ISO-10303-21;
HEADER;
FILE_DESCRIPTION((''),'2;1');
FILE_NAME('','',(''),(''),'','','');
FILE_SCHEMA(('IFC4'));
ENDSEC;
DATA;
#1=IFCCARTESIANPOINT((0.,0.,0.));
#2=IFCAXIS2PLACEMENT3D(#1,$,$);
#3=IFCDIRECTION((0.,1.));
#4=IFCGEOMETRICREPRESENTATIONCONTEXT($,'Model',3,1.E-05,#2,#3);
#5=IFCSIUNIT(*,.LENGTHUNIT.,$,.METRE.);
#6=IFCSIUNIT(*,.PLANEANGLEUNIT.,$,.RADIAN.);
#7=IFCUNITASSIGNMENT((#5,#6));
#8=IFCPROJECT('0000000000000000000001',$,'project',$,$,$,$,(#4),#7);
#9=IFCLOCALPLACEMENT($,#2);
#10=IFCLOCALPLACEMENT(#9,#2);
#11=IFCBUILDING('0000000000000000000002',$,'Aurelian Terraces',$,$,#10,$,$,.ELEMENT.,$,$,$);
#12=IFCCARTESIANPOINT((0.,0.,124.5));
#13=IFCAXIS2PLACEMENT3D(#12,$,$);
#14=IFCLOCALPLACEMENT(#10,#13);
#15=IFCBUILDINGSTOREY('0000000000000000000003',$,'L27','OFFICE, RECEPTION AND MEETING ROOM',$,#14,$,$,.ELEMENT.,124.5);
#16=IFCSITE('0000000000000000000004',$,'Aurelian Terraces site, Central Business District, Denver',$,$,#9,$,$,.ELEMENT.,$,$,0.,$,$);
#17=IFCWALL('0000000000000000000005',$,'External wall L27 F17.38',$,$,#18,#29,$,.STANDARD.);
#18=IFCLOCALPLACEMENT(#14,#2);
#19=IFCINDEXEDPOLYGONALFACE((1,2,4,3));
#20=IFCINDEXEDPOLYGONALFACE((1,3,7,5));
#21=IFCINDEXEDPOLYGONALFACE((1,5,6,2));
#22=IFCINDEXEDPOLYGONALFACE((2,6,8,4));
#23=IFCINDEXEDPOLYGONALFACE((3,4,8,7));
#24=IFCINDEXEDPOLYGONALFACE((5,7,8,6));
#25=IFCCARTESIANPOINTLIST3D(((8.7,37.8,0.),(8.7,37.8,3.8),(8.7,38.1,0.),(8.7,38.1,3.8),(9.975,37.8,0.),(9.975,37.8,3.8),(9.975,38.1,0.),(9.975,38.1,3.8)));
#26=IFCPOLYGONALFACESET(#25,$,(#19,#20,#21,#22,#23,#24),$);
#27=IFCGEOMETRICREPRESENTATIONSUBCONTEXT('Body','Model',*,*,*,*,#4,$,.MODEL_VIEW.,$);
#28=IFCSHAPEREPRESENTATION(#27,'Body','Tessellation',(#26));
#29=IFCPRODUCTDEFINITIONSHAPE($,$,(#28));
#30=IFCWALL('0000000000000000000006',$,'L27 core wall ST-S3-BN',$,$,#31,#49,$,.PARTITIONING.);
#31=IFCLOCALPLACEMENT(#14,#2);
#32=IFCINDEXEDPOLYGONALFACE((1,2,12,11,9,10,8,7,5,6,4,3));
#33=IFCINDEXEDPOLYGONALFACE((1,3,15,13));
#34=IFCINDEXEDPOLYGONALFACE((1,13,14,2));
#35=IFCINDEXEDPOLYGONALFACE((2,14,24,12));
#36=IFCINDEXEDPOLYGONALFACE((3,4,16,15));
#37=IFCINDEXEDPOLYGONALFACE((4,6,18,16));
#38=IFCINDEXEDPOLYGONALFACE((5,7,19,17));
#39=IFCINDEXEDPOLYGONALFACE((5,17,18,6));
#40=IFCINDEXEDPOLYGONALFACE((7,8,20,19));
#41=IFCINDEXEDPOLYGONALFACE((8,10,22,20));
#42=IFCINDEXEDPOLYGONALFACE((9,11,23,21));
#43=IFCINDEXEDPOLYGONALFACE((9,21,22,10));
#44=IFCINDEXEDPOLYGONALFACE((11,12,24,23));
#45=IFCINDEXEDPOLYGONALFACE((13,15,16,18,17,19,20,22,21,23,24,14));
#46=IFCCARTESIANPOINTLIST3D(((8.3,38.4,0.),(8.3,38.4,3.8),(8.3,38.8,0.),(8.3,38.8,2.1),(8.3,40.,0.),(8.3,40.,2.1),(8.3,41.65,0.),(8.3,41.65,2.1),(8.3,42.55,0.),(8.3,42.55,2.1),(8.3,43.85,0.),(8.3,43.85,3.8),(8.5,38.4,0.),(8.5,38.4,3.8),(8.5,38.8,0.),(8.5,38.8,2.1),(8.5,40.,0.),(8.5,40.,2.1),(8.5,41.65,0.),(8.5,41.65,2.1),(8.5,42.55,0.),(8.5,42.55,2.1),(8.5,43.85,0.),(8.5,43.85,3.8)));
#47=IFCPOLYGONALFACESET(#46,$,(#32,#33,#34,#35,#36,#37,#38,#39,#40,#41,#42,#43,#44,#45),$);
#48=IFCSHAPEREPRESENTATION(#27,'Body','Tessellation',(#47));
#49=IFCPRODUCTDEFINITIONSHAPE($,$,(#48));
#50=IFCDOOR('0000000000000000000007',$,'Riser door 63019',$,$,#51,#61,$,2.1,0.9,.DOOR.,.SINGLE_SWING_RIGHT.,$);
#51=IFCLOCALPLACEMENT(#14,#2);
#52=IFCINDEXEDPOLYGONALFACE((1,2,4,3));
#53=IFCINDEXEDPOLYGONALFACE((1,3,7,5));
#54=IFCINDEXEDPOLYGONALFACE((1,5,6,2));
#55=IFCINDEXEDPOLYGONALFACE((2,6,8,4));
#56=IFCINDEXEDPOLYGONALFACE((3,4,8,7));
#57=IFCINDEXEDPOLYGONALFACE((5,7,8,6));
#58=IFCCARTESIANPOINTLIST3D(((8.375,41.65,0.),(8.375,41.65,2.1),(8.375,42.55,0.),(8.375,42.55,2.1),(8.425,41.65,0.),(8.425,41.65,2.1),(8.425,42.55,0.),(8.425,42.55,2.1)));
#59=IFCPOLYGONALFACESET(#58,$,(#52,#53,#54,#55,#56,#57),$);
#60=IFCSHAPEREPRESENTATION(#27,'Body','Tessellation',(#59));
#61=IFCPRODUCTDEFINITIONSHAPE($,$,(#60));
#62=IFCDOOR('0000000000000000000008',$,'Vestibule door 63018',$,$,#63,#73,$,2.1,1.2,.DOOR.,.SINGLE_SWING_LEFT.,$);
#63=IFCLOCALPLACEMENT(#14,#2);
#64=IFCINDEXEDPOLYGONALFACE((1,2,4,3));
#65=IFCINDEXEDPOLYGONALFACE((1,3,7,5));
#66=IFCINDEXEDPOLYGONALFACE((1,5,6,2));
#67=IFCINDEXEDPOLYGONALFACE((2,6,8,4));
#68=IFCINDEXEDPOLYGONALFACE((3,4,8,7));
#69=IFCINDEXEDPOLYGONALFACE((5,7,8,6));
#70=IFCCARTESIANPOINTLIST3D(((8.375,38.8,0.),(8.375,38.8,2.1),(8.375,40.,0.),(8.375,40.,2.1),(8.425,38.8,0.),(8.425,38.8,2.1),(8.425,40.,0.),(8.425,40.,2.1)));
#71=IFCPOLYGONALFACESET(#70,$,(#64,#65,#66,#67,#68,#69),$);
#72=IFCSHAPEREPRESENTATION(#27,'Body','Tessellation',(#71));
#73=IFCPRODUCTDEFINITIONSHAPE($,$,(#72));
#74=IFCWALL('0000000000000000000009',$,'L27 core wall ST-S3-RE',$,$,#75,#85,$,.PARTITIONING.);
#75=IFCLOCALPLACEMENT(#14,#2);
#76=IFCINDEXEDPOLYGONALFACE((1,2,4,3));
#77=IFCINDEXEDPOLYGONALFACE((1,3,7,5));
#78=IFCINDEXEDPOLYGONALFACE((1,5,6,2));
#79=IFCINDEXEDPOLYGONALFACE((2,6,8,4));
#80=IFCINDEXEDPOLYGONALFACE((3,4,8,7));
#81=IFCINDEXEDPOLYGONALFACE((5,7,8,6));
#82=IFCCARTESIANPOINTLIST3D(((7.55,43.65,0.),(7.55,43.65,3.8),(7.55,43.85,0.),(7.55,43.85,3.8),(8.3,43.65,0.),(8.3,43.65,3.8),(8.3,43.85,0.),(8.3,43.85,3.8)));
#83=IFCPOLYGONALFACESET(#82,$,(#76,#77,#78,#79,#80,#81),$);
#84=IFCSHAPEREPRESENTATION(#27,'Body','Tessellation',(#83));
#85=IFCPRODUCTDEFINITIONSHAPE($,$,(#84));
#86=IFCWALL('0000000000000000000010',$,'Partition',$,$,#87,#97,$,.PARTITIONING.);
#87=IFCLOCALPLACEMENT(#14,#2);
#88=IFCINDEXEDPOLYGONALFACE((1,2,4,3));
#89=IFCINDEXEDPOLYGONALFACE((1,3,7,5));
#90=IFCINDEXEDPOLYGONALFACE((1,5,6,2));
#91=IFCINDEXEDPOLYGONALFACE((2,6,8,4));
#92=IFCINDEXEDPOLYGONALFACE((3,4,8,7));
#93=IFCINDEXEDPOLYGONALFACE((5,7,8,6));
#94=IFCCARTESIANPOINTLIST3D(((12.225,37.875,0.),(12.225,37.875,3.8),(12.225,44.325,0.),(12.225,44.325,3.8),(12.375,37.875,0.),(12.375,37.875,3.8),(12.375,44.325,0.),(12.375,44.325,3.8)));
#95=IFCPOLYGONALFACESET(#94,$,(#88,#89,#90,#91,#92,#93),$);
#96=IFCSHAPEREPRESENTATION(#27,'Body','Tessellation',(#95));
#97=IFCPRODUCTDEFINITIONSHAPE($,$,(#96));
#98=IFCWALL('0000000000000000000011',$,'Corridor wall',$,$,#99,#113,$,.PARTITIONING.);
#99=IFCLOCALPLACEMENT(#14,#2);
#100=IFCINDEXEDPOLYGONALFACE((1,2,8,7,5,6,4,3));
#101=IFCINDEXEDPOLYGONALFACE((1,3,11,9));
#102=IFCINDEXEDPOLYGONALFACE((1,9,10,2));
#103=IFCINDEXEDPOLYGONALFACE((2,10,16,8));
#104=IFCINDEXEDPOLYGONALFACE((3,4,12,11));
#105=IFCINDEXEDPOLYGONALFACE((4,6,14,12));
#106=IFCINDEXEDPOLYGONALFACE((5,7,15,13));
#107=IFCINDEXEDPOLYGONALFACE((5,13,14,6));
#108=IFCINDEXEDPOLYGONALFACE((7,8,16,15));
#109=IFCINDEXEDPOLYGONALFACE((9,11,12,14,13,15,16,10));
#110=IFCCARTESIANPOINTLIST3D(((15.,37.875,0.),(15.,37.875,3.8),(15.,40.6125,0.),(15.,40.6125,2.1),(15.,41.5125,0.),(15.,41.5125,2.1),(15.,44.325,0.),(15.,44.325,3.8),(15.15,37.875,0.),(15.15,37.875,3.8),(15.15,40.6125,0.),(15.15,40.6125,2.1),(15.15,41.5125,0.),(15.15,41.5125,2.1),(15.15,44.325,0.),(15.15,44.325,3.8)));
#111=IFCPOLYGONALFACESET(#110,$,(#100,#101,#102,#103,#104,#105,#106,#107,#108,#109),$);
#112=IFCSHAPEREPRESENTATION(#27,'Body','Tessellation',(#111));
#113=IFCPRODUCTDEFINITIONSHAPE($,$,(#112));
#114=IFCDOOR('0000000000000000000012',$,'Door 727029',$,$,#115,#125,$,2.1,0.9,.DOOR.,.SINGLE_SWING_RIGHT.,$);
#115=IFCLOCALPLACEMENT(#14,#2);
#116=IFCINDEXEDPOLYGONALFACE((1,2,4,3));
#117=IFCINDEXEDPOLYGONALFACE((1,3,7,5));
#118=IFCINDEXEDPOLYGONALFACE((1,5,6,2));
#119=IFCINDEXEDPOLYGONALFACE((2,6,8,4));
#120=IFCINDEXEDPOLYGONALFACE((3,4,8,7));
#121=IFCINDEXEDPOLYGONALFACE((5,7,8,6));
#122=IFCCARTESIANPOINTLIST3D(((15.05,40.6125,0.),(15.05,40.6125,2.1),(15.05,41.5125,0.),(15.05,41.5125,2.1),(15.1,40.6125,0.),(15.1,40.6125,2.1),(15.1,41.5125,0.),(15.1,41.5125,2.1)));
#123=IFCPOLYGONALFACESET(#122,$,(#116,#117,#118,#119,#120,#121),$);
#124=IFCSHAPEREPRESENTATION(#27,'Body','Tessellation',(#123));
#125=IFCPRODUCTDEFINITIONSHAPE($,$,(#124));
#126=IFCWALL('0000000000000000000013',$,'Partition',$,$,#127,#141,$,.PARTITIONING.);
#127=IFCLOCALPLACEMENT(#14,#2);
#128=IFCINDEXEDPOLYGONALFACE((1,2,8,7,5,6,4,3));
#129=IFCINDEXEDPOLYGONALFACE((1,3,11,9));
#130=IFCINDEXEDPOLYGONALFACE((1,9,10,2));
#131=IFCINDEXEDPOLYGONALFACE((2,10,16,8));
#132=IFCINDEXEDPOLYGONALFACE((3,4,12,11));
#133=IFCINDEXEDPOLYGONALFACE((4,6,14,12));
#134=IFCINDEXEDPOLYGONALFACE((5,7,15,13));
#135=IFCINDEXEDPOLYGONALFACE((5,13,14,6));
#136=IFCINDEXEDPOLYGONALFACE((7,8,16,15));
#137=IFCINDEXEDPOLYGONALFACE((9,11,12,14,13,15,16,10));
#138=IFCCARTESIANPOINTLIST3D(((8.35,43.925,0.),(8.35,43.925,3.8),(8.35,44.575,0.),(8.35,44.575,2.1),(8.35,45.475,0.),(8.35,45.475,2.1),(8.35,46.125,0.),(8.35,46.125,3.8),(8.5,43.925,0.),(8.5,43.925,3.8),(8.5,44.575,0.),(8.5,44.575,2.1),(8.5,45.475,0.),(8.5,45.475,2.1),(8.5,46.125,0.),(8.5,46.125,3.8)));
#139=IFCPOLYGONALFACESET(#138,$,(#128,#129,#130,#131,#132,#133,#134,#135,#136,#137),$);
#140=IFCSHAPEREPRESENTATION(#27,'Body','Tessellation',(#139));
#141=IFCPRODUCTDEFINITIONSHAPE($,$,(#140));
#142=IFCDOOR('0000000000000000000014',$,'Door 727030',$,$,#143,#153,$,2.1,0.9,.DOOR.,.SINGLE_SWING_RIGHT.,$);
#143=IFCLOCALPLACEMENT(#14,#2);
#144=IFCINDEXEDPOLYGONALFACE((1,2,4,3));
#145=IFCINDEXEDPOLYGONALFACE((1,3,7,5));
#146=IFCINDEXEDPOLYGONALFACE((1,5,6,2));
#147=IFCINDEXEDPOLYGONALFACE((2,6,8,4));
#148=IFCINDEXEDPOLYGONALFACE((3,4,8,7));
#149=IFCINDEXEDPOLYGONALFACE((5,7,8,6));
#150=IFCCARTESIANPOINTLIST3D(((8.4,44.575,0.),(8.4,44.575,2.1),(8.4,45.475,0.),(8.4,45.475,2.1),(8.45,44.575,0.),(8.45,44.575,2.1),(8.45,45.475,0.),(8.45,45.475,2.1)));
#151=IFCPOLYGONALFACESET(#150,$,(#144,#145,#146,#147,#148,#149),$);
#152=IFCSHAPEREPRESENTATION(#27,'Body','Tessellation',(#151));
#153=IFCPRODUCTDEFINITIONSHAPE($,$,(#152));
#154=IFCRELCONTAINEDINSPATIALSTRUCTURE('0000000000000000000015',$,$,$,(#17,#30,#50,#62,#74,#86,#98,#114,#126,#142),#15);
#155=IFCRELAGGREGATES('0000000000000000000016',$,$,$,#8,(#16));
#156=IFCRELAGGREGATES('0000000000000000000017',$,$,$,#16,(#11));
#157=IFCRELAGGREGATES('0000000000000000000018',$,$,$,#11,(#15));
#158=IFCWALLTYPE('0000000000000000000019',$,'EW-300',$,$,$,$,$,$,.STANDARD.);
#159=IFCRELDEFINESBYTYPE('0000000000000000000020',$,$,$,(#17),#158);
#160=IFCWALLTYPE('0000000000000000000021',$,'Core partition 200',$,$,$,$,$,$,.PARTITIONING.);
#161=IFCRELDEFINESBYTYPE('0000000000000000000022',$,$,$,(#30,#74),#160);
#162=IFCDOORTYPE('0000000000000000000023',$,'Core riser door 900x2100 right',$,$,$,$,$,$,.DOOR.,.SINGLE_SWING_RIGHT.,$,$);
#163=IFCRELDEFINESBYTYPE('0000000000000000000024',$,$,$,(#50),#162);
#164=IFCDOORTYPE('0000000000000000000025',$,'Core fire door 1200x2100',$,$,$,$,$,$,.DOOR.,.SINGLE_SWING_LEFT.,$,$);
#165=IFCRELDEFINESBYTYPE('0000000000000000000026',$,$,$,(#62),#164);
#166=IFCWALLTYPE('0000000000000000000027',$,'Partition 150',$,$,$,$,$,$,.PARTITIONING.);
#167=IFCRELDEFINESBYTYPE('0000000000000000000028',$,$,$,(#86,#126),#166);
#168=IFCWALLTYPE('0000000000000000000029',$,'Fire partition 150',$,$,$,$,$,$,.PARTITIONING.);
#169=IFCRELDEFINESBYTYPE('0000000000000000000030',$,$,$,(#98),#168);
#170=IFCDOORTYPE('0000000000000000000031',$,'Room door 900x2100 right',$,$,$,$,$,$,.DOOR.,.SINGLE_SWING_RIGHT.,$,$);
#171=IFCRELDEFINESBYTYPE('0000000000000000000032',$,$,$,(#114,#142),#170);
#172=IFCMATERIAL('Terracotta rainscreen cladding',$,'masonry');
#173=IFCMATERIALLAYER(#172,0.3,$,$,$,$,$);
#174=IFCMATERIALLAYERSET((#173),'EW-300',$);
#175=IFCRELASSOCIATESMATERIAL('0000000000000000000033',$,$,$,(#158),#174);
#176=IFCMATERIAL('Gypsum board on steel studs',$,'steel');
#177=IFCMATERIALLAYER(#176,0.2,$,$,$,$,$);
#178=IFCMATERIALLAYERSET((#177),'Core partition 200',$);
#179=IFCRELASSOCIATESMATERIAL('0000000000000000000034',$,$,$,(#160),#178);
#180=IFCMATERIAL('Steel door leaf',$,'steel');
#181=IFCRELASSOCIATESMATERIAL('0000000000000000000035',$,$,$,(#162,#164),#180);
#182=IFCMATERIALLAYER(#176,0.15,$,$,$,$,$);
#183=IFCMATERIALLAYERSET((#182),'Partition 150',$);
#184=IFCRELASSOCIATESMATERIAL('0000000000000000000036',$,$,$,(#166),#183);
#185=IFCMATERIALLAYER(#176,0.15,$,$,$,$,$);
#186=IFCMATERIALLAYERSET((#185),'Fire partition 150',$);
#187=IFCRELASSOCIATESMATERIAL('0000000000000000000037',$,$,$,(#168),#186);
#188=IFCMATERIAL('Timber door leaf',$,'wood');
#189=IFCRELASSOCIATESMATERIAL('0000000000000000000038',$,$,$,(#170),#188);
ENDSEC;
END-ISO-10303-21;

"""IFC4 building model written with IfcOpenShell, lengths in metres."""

from ifc_helpers import new_model, si_unit, direction, frame, frame_2d, origin, place, context, subcontext, project, spatial, rectangle, extrude, source, transform, mapped, material, layer, layer_set, type_object, element, fill, save


model = new_model("IFC4")

# Units and contexts
model_context = context("Model", 3, precision=1e-05, world=origin(), true_north=direction((0.0, 1.0)))
body_context = subcontext(model_context, "Body", "Model", "MODEL_VIEW")
ifc_project = project(units=[si_unit("LENGTHUNIT", "METRE"), si_unit("PLANEANGLEUNIT", "RADIAN")], contexts=[model_context])

# Site, building, storey
site_placement = place(None, origin())
site = spatial("IfcSite", under=ifc_project, at=site_placement, Name="Aurelian Terraces site, Central Business District, Denver", CompositionType="ELEMENT", RefElevation=0.0)
building_placement = place(site_placement, origin())
building = spatial("IfcBuilding", under=site, at=building_placement, Name="Aurelian Terraces", CompositionType="ELEMENT")
storey_placement = place(building_placement, frame((0.0, 0.0, 124.5)))
storey = spatial("IfcBuildingStorey", under=building, at=storey_placement, Name="L27", Description="OFFICE, RECEPTION AND MEETING ROOM", CompositionType="ELEMENT", Elevation=124.5)

# Wall
ifc_material_1 = material(Name="Terracotta rainscreen cladding", Category="masonry")
ifc_layer_1 = layer(ifc_material_1, 0.3)
ifc_layer_set_1 = layer_set([ifc_layer_1], Name="EW-300")
wall_type_1 = type_object("IfcWallType", Name="EW-300", PredefinedType="STANDARD", material=ifc_layer_set_1)
wall_1_placement = place(storey_placement, frame((8.7, 37.95, 0.0), z_axis=(0.0, 0.0, 1.0), x_axis=(1.0, 0.0, 0.0)))
element("IfcWall", 1, at=wall_1_placement, inside=storey, type_object=wall_type_1, Name="External wall L27 F17.38", PredefinedType="STANDARD", context=body_context, shape_type="SweptSolid", body=[
    extrude(rectangle(XDim=1.275, YDim=0.3, at=frame_2d((0.6375, 0.0))), origin(), (0.0, 0.0, 1.0), 3.8),
])

# Wall, openings, doors
ifc_material_2 = material(Name="Gypsum board on steel studs", Category="steel")
ifc_layer_2 = layer(ifc_material_2, 0.2)
ifc_layer_set_2 = layer_set([ifc_layer_2], Name="Core partition 200")
wall_type_2 = type_object("IfcWallType", Name="Core partition 200", PredefinedType="PARTITIONING", material=ifc_layer_set_2)
shared_shape_1 = source(origin(), body_context, "Body", "SweptSolid", [
    extrude(rectangle(XDim=5.45, YDim=0.2, at=frame_2d((2.725, 0.0))), origin(), (0.0, 0.0, 1.0), 3.8),
])
wall_2_placement = place(storey_placement, frame((8.4, 38.4, 0.0), z_axis=(0.0, 0.0, 1.0), x_axis=(0.0, 1.0, 0.0)))
wall_2 = element("IfcWall", 2, at=wall_2_placement, inside=storey, type_object=wall_type_2, Name="L27 core wall ST-S3-BN", PredefinedType="PARTITIONING", context=body_context, shape_type="MappedRepresentation", body=[
    mapped(shared_shape_1, transform((0.0, 0.0, 0.0), scale=1.0)),
])
shared_shape_2 = source(origin(), body_context, "Body", "SweptSolid", [
    extrude(rectangle(XDim=1.2, YDim=2.1, at=frame_2d((0.6, 1.05))), frame((0.0, 0.11, 0.0), z_axis=(0.0, -1.0, 0.0), x_axis=(1.0, 0.0, 0.0)), (0.0, 0.0, 1.0), 0.22),
])
opening_1_placement = place(wall_2_placement, frame((0.4, 0.0, 0.0)))
opening_1 = element("IfcOpeningElement", 3, at=opening_1_placement, cuts=wall_2, PredefinedType="OPENING", context=body_context, shape_type="MappedRepresentation", body=[
    mapped(shared_shape_2, transform((0.0, 0.0, 0.0), scale=1.0)),
])
shared_shape_3 = source(origin(), body_context, "Body", "SweptSolid", [
    extrude(rectangle(XDim=0.9, YDim=2.1, at=frame_2d((0.45, 1.05))), frame((0.0, 0.11, 0.0), z_axis=(0.0, -1.0, 0.0), x_axis=(1.0, 0.0, 0.0)), (0.0, 0.0, 1.0), 0.22),
])
opening_2_placement = place(wall_2_placement, frame((3.25, 0.0, 0.0)))
opening_2 = element("IfcOpeningElement", 4, at=opening_2_placement, cuts=wall_2, PredefinedType="OPENING", context=body_context, shape_type="MappedRepresentation", body=[
    mapped(shared_shape_3, transform((0.0, 0.0, 0.0), scale=1.0)),
])
ifc_material_3 = material(Name="Steel door leaf", Category="steel")
door_type_1 = type_object("IfcDoorType", Name="Core riser door 900x2100 right", OperationType="SINGLE_SWING_RIGHT", PredefinedType="DOOR", material=ifc_material_3)
shared_shape_4 = source(origin(), body_context, "Body", "SweptSolid", [
    extrude(rectangle(XDim=0.9, YDim=2.1, at=frame_2d((0.45, 1.05))), frame((0.0, 0.025, 0.0), z_axis=(0.0, -1.0, 0.0), x_axis=(1.0, 0.0, 0.0)), (0.0, 0.0, 1.0), 0.05),
])
door_1_placement = place(opening_2_placement, origin())
door_1 = element("IfcDoor", 5, at=door_1_placement, inside=storey, type_object=door_type_1, Name="Riser door 63019", OperationType="SINGLE_SWING_RIGHT", OverallHeight=2.1, OverallWidth=0.9, PredefinedType="DOOR", context=body_context, shape_type="MappedRepresentation", body=[
    mapped(shared_shape_4, transform((0.0, 0.0, 0.0), scale=1.0)),
])
fill(opening_2, door_1)
door_type_2 = type_object("IfcDoorType", Name="Core fire door 1200x2100", OperationType="SINGLE_SWING_LEFT", PredefinedType="DOOR", material=ifc_material_3)
shared_shape_5 = source(origin(), body_context, "Body", "SweptSolid", [
    extrude(rectangle(XDim=1.2, YDim=2.1, at=frame_2d((0.6, 1.05))), frame((0.0, 0.025, 0.0), z_axis=(0.0, -1.0, 0.0), x_axis=(1.0, 0.0, 0.0)), (0.0, 0.0, 1.0), 0.05),
])
door_2_placement = place(opening_1_placement, origin())
door_2 = element("IfcDoor", 6, at=door_2_placement, inside=storey, type_object=door_type_2, Name="Vestibule door 63018", OperationType="SINGLE_SWING_LEFT", OverallHeight=2.1, OverallWidth=1.2, PredefinedType="DOOR", context=body_context, shape_type="MappedRepresentation", body=[
    mapped(shared_shape_5, transform((0.0, 0.0, 0.0), scale=1.0)),
])
fill(opening_1, door_2)

# Walls
shared_shape_6 = source(origin(), body_context, "Body", "SweptSolid", [
    extrude(rectangle(XDim=0.75, YDim=0.2, at=frame_2d((0.375, 0.0))), origin(), (0.0, 0.0, 1.0), 3.8),
])
wall_3_placement = place(storey_placement, frame((7.55, 43.75, 0.0), z_axis=(0.0, 0.0, 1.0), x_axis=(1.0, 0.0, 0.0)))
element("IfcWall", 7, at=wall_3_placement, inside=storey, type_object=wall_type_2, Name="L27 core wall ST-S3-RE", PredefinedType="PARTITIONING", context=body_context, shape_type="MappedRepresentation", body=[
    mapped(shared_shape_6, transform((0.0, 0.0, 0.0), scale=1.0)),
])
ifc_layer_3 = layer(ifc_material_2, 0.15)
ifc_layer_set_3 = layer_set([ifc_layer_3], Name="Partition 150")
wall_type_3 = type_object("IfcWallType", Name="Partition 150", PredefinedType="PARTITIONING", material=ifc_layer_set_3)
shared_shape_7 = source(origin(), body_context, "Body", "SweptSolid", [
    extrude(rectangle(XDim=6.45, YDim=0.15, at=frame_2d((3.225, 0.0))), origin(), (0.0, 0.0, 1.0), 3.8),
])
wall_4_placement = place(storey_placement, frame((12.3, 44.325, 0.0), z_axis=(0.0, 0.0, 1.0), x_axis=(0.0, -1.0, 0.0)))
element("IfcWall", 8, at=wall_4_placement, inside=storey, type_object=wall_type_3, Name="Partition", PredefinedType="PARTITIONING", context=body_context, shape_type="MappedRepresentation", body=[
    mapped(shared_shape_7, transform((0.0, 0.0, 0.0), scale=1.0)),
])

# Walls, openings, doors
ifc_layer_4 = layer(ifc_material_2, 0.15)
ifc_layer_set_4 = layer_set([ifc_layer_4], Name="Fire partition 150")
wall_type_4 = type_object("IfcWallType", Name="Fire partition 150", PredefinedType="PARTITIONING", material=ifc_layer_set_4)
wall_5_placement = place(storey_placement, frame((15.075, 37.875, 0.0), z_axis=(0.0, 0.0, 1.0), x_axis=(0.0, 1.0, 0.0)))
wall_5 = element("IfcWall", 9, at=wall_5_placement, inside=storey, type_object=wall_type_4, Name="Corridor wall", PredefinedType="PARTITIONING", context=body_context, shape_type="MappedRepresentation", body=[
    mapped(shared_shape_7, transform((0.0, 0.0, 0.0), scale=1.0)),
])
shared_shape_8 = source(origin(), body_context, "Body", "SweptSolid", [
    extrude(rectangle(XDim=0.9, YDim=2.1, at=frame_2d((0.45, 1.05))), frame((0.0, 0.085, 0.0), z_axis=(0.0, -1.0, 0.0), x_axis=(1.0, 0.0, 0.0)), (0.0, 0.0, 1.0), 0.17),
])
opening_3_placement = place(wall_5_placement, frame((2.7375, 0.0, 0.0)))
opening_3 = element("IfcOpeningElement", 10, at=opening_3_placement, cuts=wall_5, PredefinedType="OPENING", context=body_context, shape_type="MappedRepresentation", body=[
    mapped(shared_shape_8, transform((0.0, 0.0, 0.0), scale=1.0)),
])
ifc_material_4 = material(Name="Timber door leaf", Category="wood")
door_type_3 = type_object("IfcDoorType", Name="Room door 900x2100 right", OperationType="SINGLE_SWING_RIGHT", PredefinedType="DOOR", material=ifc_material_4)
door_3_placement = place(opening_3_placement, origin())
door_3 = element("IfcDoor", 11, at=door_3_placement, inside=storey, type_object=door_type_3, Name="Door 727029", OperationType="SINGLE_SWING_RIGHT", OverallHeight=2.1, OverallWidth=0.9, PredefinedType="DOOR", context=body_context, shape_type="MappedRepresentation", body=[
    mapped(shared_shape_4, transform((0.0, 0.0, 0.0), scale=1.0)),
])
fill(opening_3, door_3)
shared_shape_9 = source(origin(), body_context, "Body", "SweptSolid", [
    extrude(rectangle(XDim=2.2, YDim=0.15, at=frame_2d((1.1, 0.0))), origin(), (0.0, 0.0, 1.0), 3.8),
])
wall_6_placement = place(storey_placement, frame((8.425, 43.925, 0.0), z_axis=(0.0, 0.0, 1.0), x_axis=(0.0, 1.0, 0.0)))
wall_6 = element("IfcWall", 12, at=wall_6_placement, inside=storey, type_object=wall_type_3, Name="Partition", PredefinedType="PARTITIONING", context=body_context, shape_type="MappedRepresentation", body=[
    mapped(shared_shape_9, transform((0.0, 0.0, 0.0), scale=1.0)),
])
opening_4_placement = place(wall_6_placement, frame((0.65, 0.0, 0.0)))
opening_4 = element("IfcOpeningElement", 13, at=opening_4_placement, cuts=wall_6, PredefinedType="OPENING", context=body_context, shape_type="MappedRepresentation", body=[
    mapped(shared_shape_8, transform((0.0, 0.0, 0.0), scale=1.0)),
])
door_4_placement = place(opening_4_placement, origin())
door_4 = element("IfcDoor", 14, at=door_4_placement, inside=storey, type_object=door_type_3, Name="Door 727030", OperationType="SINGLE_SWING_RIGHT", OverallHeight=2.1, OverallWidth=0.9, PredefinedType="DOOR", context=body_context, shape_type="MappedRepresentation", body=[
    mapped(shared_shape_4, transform((0.0, 0.0, 0.0), scale=1.0)),
])
fill(opening_4, door_4)

save(model, "model.ifc")
